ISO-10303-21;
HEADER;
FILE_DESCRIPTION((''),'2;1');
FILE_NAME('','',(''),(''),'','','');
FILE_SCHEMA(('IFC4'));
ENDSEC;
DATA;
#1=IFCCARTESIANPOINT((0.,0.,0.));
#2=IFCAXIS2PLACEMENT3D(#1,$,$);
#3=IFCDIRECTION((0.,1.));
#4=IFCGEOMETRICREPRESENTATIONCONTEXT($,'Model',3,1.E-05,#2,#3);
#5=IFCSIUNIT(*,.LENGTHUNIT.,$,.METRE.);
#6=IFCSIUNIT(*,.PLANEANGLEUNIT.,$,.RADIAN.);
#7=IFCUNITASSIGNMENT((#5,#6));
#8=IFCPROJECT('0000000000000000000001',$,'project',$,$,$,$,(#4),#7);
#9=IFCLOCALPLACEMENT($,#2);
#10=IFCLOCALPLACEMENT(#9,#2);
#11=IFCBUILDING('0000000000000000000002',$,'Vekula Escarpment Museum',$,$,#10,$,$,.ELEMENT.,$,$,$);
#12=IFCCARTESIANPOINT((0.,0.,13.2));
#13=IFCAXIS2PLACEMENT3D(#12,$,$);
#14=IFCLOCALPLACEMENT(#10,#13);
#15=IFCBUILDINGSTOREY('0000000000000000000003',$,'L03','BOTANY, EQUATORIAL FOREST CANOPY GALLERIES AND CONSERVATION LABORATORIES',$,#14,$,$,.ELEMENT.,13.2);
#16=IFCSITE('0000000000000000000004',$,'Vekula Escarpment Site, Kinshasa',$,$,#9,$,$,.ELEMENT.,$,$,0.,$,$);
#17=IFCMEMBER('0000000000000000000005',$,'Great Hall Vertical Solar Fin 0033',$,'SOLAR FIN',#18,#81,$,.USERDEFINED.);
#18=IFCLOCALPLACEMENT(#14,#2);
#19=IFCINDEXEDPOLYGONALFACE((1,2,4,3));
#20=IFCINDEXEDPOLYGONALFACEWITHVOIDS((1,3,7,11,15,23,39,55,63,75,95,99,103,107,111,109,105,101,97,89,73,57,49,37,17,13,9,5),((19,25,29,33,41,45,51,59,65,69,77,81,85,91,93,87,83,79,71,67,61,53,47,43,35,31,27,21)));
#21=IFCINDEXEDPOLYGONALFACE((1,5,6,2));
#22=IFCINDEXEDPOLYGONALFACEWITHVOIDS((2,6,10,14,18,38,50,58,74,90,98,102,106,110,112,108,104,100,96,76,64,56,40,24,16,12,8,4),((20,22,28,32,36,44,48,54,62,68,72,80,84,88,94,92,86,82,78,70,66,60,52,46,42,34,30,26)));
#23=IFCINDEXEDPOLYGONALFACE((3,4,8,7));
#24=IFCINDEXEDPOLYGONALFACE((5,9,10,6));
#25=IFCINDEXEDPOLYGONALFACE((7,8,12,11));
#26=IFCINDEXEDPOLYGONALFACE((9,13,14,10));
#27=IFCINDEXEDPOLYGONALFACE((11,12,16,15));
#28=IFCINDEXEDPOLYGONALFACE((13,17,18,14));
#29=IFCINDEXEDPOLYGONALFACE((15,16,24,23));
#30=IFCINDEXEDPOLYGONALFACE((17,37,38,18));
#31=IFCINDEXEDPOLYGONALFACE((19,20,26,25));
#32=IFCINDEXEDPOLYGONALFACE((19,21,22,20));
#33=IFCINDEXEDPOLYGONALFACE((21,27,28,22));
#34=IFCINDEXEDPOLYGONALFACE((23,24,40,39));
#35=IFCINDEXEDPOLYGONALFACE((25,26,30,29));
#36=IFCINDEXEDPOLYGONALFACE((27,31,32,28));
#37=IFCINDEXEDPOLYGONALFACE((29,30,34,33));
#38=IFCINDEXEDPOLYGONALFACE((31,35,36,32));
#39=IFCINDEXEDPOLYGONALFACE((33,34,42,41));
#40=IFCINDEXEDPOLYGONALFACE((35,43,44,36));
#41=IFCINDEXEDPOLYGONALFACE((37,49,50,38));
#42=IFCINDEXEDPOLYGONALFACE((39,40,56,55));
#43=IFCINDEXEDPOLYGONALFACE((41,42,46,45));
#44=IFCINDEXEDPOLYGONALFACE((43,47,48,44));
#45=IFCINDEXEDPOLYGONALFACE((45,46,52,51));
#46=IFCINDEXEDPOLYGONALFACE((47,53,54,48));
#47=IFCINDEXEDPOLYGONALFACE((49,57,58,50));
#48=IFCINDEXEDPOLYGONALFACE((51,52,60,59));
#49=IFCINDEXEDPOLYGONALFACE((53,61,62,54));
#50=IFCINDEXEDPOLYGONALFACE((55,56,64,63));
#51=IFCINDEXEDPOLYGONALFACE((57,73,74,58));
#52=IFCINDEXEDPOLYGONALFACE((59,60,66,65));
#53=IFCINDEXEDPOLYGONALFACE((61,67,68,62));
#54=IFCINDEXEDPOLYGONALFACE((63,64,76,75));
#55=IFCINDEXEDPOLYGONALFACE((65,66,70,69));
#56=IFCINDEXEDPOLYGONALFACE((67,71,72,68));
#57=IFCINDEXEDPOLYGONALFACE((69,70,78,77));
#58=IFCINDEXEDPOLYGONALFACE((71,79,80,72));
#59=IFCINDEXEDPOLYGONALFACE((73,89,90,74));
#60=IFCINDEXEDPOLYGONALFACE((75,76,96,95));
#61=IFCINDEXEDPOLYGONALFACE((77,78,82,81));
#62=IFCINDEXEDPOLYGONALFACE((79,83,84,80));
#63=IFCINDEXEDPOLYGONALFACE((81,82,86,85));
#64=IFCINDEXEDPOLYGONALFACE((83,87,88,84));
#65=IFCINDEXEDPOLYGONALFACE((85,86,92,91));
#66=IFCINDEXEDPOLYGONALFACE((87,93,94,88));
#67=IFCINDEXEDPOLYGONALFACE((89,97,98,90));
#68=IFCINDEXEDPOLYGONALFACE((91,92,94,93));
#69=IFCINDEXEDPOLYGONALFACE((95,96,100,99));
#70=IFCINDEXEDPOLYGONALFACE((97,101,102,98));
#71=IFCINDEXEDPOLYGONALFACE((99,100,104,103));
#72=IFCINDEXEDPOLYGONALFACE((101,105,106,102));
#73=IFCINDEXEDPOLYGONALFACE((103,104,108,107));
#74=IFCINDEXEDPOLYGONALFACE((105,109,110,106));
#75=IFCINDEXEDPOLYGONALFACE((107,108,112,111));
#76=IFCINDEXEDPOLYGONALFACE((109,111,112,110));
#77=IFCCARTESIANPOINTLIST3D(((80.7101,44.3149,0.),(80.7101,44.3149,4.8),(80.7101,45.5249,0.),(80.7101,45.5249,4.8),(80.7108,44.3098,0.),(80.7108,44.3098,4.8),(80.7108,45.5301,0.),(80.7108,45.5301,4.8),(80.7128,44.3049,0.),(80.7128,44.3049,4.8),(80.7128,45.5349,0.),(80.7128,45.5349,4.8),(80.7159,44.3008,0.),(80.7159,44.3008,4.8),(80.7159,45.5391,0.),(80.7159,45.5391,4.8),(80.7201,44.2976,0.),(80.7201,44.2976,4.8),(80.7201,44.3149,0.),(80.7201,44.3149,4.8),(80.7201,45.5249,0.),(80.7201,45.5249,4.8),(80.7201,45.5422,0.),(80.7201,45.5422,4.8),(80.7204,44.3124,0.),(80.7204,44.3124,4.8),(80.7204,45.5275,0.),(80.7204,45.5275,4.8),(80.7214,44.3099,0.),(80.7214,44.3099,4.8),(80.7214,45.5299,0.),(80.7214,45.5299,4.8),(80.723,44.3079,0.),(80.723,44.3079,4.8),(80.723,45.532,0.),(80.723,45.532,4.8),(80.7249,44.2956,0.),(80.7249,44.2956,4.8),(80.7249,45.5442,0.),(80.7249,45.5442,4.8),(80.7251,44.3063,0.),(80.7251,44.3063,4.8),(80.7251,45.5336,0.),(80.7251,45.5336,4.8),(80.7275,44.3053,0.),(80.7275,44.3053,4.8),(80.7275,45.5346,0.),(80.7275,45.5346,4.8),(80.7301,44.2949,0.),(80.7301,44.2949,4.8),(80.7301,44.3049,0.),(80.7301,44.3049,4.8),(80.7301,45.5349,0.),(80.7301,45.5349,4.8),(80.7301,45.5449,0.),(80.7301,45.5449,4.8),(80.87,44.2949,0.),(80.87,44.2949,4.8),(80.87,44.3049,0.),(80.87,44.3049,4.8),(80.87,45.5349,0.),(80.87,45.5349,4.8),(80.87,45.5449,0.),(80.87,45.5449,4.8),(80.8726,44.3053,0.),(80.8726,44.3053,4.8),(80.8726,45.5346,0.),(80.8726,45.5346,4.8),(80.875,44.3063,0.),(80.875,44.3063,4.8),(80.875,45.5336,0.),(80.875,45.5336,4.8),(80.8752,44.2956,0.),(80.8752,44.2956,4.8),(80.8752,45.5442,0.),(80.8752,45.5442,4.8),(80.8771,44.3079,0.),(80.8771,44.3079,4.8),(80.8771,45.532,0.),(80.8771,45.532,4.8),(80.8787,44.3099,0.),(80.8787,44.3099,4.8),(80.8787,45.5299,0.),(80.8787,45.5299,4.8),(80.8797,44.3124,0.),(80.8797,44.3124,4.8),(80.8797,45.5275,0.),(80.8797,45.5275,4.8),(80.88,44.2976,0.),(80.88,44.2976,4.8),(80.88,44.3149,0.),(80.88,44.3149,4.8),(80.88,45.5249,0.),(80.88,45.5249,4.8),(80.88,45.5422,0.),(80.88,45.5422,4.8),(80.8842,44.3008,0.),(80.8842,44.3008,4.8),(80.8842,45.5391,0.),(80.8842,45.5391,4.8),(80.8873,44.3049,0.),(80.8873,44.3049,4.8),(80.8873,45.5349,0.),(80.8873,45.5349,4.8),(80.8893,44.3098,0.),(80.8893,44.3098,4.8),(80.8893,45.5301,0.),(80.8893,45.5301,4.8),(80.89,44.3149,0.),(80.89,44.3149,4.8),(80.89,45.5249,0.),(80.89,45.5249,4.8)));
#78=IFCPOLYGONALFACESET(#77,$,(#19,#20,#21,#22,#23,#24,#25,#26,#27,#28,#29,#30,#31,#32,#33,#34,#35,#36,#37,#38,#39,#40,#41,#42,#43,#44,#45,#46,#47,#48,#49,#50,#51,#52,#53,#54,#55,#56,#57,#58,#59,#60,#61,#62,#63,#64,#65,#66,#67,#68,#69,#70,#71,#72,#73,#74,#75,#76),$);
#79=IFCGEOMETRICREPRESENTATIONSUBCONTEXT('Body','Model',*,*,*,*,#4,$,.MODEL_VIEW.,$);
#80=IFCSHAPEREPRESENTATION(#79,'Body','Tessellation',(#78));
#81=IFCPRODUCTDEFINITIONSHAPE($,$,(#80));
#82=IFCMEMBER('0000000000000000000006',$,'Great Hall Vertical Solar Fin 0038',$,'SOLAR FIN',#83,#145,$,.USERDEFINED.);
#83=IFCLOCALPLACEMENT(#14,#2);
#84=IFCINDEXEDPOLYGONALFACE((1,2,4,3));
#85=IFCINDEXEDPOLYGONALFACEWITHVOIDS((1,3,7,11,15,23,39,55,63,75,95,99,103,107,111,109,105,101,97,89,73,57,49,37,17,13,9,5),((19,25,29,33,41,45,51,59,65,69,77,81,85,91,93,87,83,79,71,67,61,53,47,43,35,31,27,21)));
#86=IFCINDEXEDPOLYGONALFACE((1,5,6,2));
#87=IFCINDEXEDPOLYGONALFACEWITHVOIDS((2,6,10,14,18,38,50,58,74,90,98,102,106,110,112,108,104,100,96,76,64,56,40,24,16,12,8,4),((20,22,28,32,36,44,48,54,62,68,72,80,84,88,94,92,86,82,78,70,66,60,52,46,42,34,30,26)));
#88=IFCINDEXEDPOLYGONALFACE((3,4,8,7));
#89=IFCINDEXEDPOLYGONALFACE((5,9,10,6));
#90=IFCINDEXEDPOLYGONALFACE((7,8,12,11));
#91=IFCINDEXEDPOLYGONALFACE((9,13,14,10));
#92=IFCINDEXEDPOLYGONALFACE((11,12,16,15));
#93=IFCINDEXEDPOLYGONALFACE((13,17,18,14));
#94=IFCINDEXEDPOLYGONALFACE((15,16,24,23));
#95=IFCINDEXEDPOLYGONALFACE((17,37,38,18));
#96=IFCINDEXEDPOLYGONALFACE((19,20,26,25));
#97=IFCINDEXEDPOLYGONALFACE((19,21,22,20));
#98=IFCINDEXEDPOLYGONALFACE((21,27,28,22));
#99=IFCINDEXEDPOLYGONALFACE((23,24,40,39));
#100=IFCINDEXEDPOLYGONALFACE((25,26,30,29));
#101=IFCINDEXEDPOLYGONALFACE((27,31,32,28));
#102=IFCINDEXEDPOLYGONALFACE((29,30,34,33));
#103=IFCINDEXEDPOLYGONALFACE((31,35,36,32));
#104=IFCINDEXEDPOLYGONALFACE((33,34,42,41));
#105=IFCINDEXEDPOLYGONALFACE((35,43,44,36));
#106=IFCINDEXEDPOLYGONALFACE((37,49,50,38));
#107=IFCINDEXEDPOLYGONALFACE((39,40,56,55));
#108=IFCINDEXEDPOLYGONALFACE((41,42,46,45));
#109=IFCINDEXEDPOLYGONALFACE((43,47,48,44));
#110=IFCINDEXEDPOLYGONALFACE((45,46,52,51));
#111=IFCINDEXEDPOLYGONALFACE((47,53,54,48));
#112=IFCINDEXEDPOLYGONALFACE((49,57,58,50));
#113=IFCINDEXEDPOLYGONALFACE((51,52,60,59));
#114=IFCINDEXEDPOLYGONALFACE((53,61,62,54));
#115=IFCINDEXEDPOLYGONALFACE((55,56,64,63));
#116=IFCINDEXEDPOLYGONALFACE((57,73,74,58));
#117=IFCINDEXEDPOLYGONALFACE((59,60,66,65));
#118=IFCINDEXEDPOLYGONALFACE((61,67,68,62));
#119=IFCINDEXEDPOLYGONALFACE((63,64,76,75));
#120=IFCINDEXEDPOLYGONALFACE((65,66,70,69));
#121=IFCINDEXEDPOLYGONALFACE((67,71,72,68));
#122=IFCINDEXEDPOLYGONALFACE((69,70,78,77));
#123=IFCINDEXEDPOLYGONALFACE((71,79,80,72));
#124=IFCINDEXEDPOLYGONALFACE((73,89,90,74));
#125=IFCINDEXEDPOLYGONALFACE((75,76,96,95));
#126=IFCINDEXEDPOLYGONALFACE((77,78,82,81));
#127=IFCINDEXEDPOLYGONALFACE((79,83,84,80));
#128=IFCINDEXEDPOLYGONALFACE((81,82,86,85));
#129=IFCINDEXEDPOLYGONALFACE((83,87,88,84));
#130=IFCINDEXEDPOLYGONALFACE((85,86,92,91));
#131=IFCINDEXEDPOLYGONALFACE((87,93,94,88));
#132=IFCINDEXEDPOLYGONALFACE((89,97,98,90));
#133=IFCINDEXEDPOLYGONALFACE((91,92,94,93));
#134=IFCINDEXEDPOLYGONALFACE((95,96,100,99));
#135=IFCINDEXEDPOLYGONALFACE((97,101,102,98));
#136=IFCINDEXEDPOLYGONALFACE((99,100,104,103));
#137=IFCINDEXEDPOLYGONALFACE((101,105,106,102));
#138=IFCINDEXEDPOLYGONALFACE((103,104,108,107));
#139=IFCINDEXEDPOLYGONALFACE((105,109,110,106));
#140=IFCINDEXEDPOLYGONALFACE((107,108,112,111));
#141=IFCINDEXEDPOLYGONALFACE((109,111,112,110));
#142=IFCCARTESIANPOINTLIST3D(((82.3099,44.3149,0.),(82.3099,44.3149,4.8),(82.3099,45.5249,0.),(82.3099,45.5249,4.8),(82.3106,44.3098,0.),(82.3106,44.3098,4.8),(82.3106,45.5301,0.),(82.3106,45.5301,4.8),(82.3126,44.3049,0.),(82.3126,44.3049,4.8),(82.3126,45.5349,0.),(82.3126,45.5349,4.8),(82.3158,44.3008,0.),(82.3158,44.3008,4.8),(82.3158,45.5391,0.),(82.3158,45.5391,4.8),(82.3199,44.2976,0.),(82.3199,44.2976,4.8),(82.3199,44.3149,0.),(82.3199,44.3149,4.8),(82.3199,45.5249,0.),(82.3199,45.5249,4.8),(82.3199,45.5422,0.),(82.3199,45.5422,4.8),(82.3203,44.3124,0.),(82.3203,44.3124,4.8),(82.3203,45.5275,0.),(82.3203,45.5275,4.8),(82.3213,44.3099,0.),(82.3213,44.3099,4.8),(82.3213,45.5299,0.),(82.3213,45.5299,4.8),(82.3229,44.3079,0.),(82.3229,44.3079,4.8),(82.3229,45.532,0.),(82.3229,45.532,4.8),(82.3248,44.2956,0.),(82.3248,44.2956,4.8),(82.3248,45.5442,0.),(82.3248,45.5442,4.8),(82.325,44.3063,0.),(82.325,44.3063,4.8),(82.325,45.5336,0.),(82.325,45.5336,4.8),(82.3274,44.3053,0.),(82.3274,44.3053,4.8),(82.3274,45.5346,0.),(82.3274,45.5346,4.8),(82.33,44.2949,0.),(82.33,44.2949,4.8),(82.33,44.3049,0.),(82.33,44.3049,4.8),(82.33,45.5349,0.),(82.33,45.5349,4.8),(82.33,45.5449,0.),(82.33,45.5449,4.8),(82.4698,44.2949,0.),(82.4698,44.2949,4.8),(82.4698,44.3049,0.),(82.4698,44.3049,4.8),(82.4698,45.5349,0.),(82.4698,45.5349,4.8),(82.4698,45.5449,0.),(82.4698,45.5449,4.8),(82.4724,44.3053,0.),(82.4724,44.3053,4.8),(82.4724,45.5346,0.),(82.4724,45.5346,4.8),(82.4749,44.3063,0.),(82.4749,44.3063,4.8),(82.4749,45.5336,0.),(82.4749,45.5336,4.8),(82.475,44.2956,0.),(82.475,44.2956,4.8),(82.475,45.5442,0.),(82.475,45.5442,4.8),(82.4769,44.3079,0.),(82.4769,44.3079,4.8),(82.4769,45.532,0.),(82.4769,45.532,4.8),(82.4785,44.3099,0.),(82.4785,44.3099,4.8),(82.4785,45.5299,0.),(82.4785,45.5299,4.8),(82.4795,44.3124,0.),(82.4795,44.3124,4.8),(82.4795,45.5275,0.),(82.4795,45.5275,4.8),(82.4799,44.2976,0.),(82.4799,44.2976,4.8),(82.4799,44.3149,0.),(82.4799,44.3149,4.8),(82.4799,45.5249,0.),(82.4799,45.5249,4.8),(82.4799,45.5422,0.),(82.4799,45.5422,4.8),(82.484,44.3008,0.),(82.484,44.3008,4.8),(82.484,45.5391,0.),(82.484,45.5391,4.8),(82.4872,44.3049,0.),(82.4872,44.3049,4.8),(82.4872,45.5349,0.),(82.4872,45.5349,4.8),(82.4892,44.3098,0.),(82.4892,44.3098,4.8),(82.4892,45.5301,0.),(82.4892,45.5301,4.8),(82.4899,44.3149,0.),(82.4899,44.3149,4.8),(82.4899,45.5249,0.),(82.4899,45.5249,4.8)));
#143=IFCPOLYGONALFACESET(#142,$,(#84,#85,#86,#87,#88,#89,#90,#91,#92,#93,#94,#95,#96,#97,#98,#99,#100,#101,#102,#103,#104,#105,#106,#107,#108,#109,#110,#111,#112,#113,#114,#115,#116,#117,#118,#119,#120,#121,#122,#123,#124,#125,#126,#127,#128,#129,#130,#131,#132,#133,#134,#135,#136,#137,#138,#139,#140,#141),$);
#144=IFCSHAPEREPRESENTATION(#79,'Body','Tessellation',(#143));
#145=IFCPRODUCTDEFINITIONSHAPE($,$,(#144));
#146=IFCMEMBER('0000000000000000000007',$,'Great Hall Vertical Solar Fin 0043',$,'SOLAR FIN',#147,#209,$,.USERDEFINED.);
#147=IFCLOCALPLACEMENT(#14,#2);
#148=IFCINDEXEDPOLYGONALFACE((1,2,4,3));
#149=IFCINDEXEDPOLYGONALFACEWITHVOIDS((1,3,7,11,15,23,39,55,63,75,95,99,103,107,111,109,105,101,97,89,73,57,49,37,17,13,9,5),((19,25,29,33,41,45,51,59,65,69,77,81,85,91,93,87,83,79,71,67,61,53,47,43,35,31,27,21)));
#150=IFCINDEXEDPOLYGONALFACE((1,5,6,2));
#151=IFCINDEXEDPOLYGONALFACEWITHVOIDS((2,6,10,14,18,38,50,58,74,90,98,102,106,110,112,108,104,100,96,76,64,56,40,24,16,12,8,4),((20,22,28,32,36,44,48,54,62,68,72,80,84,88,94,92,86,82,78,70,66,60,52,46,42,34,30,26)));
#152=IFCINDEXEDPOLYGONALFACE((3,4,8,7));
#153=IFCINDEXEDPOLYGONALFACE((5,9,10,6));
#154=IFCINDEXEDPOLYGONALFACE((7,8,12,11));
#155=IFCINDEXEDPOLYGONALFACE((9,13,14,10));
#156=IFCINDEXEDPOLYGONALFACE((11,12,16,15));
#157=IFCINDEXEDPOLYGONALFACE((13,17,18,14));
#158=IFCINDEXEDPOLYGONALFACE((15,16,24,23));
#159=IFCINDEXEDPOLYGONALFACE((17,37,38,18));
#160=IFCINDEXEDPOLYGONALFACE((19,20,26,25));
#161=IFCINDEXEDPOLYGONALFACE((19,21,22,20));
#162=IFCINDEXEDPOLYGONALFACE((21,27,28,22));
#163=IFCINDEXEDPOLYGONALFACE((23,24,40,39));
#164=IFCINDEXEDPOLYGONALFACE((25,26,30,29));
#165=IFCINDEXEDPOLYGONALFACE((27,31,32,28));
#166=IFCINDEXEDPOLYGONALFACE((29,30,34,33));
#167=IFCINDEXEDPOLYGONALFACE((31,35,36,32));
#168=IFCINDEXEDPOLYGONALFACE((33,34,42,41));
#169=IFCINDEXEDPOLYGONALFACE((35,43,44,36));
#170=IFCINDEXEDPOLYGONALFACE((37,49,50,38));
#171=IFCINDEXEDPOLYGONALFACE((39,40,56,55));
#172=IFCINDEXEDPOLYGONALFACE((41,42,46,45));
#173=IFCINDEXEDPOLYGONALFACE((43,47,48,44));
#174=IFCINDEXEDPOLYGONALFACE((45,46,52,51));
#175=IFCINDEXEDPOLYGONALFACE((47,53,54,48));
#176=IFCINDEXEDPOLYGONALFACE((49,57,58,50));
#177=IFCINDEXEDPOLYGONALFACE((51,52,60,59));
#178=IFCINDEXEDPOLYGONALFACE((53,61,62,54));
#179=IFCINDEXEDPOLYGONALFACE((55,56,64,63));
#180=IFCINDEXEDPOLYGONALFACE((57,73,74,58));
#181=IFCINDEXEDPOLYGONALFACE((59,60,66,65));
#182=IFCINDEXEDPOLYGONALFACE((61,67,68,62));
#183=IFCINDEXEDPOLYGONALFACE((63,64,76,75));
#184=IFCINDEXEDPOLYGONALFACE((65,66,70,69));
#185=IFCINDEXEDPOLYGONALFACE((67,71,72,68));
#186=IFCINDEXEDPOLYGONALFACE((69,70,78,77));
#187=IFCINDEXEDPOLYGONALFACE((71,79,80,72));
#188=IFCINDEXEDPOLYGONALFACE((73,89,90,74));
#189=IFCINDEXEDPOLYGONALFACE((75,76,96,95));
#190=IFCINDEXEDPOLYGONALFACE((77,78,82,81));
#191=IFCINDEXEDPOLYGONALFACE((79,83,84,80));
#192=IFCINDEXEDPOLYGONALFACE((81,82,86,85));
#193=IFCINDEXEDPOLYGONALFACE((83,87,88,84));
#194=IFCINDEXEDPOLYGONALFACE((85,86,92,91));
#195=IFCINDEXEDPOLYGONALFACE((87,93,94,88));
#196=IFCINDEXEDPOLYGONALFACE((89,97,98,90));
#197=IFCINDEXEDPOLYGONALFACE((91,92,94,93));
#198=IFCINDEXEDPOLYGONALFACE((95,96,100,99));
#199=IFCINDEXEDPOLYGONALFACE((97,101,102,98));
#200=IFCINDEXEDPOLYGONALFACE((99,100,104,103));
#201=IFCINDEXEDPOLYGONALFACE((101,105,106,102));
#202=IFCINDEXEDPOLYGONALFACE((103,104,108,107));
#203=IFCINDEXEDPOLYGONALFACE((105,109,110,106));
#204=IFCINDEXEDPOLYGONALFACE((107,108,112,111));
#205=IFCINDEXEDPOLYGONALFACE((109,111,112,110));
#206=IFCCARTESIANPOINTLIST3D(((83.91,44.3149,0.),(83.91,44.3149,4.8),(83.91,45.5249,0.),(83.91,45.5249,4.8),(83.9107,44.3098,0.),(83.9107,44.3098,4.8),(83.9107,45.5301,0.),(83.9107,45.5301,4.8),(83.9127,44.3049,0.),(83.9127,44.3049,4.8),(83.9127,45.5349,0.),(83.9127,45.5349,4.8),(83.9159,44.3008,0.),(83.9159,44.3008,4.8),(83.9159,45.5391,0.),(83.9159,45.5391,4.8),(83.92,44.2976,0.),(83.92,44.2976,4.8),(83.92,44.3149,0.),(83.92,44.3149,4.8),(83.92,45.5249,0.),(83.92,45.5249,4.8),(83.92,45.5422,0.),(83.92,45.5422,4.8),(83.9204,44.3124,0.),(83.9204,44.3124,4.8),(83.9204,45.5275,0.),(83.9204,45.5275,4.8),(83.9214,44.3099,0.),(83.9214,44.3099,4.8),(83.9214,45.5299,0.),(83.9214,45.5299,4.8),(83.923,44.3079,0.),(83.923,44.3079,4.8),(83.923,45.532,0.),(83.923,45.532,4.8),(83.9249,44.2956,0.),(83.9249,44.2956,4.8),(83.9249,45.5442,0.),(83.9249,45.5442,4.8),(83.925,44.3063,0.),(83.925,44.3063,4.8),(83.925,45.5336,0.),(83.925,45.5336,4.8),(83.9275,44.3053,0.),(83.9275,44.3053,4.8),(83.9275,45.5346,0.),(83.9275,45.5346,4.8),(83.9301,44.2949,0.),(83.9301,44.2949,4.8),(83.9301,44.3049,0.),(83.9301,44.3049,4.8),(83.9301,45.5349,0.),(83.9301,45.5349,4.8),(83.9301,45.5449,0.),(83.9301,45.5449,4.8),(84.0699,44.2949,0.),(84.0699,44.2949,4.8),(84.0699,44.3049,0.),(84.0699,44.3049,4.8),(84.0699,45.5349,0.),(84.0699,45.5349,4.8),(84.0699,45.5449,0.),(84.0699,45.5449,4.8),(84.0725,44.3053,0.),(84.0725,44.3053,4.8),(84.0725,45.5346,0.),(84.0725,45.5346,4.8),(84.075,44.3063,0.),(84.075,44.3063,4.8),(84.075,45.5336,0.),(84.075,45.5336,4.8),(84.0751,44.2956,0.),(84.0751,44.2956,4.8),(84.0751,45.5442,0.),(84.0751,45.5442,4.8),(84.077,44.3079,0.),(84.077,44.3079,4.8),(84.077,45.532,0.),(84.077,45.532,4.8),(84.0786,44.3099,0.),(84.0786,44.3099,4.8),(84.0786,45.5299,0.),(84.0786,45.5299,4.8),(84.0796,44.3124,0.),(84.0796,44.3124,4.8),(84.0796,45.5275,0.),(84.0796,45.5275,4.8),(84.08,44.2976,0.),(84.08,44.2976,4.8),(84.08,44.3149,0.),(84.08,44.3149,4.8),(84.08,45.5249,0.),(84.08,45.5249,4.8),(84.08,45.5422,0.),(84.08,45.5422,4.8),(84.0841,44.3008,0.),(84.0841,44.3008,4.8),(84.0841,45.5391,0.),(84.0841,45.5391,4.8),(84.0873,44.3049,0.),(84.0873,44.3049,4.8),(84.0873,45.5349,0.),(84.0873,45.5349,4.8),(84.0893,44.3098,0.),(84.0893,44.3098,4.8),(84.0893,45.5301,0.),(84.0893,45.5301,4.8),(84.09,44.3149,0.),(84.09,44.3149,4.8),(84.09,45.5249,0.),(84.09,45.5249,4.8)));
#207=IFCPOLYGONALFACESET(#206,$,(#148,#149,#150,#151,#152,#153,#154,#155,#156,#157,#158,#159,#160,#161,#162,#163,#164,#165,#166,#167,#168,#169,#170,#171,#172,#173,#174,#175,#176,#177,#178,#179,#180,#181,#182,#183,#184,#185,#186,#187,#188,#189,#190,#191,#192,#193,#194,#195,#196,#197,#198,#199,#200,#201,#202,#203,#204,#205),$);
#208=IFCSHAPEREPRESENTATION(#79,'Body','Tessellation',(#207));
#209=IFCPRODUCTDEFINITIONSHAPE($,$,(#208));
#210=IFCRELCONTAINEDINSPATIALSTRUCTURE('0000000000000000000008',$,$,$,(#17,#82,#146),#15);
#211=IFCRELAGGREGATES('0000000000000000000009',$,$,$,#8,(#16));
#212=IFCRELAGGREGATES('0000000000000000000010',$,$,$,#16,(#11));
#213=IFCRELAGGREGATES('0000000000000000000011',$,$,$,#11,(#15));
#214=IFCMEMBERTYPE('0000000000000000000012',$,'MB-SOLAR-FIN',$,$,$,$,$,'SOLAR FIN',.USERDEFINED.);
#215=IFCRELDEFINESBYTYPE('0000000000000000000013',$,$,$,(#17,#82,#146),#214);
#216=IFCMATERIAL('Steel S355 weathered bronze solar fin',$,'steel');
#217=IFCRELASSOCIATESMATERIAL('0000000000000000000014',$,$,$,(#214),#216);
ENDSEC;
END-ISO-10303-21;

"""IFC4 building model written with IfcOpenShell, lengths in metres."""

from ifc_helpers import new_model, si_unit, direction, frame, origin, origin_2d, place, context, subcontext, project, spatial, hollow_rectangle, extrude, material, material_profile, profile_set, type_object, element, save


model = new_model("IFC4")

# Units and contexts
model_context = context("Model", 3, precision=1e-05, world=origin(), true_north=direction((0.0, 1.0)))
body_context = subcontext(model_context, "Body", "Model", "MODEL_VIEW")
ifc_project = project(units=[si_unit("LENGTHUNIT", "METRE"), si_unit("PLANEANGLEUNIT", "RADIAN")], contexts=[model_context])

# Site, building, storey
site_placement = place(None, origin())
site = spatial("IfcSite", under=ifc_project, at=site_placement, Name="Vekula Escarpment Site, Kinshasa", CompositionType="ELEMENT", RefElevation=0.0)
building_placement = place(site_placement, origin())
building = spatial("IfcBuilding", under=site, at=building_placement, Name="Vekula Escarpment Museum", CompositionType="ELEMENT")
storey_placement = place(building_placement, frame((0.0, 0.0, 13.2)))
storey = spatial("IfcBuildingStorey", under=building, at=storey_placement, Name="L03", Description="BOTANY, EQUATORIAL FOREST CANOPY GALLERIES AND CONSERVATION LABORATORIES", CompositionType="ELEMENT", Elevation=13.2)

# Members
ifc_material_1 = material(Name="Steel S355 weathered bronze solar fin", Category="steel")
ifc_material_profile_1 = material_profile(ifc_material_1, hollow_rectangle(XDim=0.1799, YDim=1.25, WallThickness=0.01, InnerFilletRadius=0.01, OuterFilletRadius=0.02, at=origin_2d()), Name="RHS 1250x180x10")
ifc_profile_set_1 = profile_set([ifc_material_profile_1], Name="Steel S355 weathered bronze solar fin")
member_type_1 = type_object("IfcMemberType", Name="MB-SOLAR-FIN", ElementType="SOLAR FIN", PredefinedType="USERDEFINED", material=ifc_profile_set_1)
for number, where, z_axis, x_axis, name in (
    (1, (80.8, 44.9199, 0.0), (0.0, 0.0, 1.0), (1.0, 0.0, 0.0), "Great Hall Vertical Solar Fin 0033"),
    (2, (82.3999, 44.9199, 0.0), (0.0, 0.0, 1.0), (1.0, 0.0, 0.0), "Great Hall Vertical Solar Fin 0038"),
    (3, (84.0, 44.9199, 0.0), (0.0, 0.0, 1.0), (1.0, 0.0, 0.0), "Great Hall Vertical Solar Fin 0043"),
):
    element("IfcMember", number, at=place(storey_placement, frame(where, z_axis=z_axis, x_axis=x_axis)), inside=storey, type_object=member_type_1, Name=name, ObjectType="SOLAR FIN", PredefinedType="USERDEFINED", context=body_context, shape_type="SweptSolid", body=[
        extrude(hollow_rectangle(XDim=0.1799, YDim=1.25, WallThickness=0.01, InnerFilletRadius=0.01, OuterFilletRadius=0.02, at=origin_2d()), origin(), (0.0, 0.0, 1.0), 4.8),
    ])

save(model, "model.ifc")
